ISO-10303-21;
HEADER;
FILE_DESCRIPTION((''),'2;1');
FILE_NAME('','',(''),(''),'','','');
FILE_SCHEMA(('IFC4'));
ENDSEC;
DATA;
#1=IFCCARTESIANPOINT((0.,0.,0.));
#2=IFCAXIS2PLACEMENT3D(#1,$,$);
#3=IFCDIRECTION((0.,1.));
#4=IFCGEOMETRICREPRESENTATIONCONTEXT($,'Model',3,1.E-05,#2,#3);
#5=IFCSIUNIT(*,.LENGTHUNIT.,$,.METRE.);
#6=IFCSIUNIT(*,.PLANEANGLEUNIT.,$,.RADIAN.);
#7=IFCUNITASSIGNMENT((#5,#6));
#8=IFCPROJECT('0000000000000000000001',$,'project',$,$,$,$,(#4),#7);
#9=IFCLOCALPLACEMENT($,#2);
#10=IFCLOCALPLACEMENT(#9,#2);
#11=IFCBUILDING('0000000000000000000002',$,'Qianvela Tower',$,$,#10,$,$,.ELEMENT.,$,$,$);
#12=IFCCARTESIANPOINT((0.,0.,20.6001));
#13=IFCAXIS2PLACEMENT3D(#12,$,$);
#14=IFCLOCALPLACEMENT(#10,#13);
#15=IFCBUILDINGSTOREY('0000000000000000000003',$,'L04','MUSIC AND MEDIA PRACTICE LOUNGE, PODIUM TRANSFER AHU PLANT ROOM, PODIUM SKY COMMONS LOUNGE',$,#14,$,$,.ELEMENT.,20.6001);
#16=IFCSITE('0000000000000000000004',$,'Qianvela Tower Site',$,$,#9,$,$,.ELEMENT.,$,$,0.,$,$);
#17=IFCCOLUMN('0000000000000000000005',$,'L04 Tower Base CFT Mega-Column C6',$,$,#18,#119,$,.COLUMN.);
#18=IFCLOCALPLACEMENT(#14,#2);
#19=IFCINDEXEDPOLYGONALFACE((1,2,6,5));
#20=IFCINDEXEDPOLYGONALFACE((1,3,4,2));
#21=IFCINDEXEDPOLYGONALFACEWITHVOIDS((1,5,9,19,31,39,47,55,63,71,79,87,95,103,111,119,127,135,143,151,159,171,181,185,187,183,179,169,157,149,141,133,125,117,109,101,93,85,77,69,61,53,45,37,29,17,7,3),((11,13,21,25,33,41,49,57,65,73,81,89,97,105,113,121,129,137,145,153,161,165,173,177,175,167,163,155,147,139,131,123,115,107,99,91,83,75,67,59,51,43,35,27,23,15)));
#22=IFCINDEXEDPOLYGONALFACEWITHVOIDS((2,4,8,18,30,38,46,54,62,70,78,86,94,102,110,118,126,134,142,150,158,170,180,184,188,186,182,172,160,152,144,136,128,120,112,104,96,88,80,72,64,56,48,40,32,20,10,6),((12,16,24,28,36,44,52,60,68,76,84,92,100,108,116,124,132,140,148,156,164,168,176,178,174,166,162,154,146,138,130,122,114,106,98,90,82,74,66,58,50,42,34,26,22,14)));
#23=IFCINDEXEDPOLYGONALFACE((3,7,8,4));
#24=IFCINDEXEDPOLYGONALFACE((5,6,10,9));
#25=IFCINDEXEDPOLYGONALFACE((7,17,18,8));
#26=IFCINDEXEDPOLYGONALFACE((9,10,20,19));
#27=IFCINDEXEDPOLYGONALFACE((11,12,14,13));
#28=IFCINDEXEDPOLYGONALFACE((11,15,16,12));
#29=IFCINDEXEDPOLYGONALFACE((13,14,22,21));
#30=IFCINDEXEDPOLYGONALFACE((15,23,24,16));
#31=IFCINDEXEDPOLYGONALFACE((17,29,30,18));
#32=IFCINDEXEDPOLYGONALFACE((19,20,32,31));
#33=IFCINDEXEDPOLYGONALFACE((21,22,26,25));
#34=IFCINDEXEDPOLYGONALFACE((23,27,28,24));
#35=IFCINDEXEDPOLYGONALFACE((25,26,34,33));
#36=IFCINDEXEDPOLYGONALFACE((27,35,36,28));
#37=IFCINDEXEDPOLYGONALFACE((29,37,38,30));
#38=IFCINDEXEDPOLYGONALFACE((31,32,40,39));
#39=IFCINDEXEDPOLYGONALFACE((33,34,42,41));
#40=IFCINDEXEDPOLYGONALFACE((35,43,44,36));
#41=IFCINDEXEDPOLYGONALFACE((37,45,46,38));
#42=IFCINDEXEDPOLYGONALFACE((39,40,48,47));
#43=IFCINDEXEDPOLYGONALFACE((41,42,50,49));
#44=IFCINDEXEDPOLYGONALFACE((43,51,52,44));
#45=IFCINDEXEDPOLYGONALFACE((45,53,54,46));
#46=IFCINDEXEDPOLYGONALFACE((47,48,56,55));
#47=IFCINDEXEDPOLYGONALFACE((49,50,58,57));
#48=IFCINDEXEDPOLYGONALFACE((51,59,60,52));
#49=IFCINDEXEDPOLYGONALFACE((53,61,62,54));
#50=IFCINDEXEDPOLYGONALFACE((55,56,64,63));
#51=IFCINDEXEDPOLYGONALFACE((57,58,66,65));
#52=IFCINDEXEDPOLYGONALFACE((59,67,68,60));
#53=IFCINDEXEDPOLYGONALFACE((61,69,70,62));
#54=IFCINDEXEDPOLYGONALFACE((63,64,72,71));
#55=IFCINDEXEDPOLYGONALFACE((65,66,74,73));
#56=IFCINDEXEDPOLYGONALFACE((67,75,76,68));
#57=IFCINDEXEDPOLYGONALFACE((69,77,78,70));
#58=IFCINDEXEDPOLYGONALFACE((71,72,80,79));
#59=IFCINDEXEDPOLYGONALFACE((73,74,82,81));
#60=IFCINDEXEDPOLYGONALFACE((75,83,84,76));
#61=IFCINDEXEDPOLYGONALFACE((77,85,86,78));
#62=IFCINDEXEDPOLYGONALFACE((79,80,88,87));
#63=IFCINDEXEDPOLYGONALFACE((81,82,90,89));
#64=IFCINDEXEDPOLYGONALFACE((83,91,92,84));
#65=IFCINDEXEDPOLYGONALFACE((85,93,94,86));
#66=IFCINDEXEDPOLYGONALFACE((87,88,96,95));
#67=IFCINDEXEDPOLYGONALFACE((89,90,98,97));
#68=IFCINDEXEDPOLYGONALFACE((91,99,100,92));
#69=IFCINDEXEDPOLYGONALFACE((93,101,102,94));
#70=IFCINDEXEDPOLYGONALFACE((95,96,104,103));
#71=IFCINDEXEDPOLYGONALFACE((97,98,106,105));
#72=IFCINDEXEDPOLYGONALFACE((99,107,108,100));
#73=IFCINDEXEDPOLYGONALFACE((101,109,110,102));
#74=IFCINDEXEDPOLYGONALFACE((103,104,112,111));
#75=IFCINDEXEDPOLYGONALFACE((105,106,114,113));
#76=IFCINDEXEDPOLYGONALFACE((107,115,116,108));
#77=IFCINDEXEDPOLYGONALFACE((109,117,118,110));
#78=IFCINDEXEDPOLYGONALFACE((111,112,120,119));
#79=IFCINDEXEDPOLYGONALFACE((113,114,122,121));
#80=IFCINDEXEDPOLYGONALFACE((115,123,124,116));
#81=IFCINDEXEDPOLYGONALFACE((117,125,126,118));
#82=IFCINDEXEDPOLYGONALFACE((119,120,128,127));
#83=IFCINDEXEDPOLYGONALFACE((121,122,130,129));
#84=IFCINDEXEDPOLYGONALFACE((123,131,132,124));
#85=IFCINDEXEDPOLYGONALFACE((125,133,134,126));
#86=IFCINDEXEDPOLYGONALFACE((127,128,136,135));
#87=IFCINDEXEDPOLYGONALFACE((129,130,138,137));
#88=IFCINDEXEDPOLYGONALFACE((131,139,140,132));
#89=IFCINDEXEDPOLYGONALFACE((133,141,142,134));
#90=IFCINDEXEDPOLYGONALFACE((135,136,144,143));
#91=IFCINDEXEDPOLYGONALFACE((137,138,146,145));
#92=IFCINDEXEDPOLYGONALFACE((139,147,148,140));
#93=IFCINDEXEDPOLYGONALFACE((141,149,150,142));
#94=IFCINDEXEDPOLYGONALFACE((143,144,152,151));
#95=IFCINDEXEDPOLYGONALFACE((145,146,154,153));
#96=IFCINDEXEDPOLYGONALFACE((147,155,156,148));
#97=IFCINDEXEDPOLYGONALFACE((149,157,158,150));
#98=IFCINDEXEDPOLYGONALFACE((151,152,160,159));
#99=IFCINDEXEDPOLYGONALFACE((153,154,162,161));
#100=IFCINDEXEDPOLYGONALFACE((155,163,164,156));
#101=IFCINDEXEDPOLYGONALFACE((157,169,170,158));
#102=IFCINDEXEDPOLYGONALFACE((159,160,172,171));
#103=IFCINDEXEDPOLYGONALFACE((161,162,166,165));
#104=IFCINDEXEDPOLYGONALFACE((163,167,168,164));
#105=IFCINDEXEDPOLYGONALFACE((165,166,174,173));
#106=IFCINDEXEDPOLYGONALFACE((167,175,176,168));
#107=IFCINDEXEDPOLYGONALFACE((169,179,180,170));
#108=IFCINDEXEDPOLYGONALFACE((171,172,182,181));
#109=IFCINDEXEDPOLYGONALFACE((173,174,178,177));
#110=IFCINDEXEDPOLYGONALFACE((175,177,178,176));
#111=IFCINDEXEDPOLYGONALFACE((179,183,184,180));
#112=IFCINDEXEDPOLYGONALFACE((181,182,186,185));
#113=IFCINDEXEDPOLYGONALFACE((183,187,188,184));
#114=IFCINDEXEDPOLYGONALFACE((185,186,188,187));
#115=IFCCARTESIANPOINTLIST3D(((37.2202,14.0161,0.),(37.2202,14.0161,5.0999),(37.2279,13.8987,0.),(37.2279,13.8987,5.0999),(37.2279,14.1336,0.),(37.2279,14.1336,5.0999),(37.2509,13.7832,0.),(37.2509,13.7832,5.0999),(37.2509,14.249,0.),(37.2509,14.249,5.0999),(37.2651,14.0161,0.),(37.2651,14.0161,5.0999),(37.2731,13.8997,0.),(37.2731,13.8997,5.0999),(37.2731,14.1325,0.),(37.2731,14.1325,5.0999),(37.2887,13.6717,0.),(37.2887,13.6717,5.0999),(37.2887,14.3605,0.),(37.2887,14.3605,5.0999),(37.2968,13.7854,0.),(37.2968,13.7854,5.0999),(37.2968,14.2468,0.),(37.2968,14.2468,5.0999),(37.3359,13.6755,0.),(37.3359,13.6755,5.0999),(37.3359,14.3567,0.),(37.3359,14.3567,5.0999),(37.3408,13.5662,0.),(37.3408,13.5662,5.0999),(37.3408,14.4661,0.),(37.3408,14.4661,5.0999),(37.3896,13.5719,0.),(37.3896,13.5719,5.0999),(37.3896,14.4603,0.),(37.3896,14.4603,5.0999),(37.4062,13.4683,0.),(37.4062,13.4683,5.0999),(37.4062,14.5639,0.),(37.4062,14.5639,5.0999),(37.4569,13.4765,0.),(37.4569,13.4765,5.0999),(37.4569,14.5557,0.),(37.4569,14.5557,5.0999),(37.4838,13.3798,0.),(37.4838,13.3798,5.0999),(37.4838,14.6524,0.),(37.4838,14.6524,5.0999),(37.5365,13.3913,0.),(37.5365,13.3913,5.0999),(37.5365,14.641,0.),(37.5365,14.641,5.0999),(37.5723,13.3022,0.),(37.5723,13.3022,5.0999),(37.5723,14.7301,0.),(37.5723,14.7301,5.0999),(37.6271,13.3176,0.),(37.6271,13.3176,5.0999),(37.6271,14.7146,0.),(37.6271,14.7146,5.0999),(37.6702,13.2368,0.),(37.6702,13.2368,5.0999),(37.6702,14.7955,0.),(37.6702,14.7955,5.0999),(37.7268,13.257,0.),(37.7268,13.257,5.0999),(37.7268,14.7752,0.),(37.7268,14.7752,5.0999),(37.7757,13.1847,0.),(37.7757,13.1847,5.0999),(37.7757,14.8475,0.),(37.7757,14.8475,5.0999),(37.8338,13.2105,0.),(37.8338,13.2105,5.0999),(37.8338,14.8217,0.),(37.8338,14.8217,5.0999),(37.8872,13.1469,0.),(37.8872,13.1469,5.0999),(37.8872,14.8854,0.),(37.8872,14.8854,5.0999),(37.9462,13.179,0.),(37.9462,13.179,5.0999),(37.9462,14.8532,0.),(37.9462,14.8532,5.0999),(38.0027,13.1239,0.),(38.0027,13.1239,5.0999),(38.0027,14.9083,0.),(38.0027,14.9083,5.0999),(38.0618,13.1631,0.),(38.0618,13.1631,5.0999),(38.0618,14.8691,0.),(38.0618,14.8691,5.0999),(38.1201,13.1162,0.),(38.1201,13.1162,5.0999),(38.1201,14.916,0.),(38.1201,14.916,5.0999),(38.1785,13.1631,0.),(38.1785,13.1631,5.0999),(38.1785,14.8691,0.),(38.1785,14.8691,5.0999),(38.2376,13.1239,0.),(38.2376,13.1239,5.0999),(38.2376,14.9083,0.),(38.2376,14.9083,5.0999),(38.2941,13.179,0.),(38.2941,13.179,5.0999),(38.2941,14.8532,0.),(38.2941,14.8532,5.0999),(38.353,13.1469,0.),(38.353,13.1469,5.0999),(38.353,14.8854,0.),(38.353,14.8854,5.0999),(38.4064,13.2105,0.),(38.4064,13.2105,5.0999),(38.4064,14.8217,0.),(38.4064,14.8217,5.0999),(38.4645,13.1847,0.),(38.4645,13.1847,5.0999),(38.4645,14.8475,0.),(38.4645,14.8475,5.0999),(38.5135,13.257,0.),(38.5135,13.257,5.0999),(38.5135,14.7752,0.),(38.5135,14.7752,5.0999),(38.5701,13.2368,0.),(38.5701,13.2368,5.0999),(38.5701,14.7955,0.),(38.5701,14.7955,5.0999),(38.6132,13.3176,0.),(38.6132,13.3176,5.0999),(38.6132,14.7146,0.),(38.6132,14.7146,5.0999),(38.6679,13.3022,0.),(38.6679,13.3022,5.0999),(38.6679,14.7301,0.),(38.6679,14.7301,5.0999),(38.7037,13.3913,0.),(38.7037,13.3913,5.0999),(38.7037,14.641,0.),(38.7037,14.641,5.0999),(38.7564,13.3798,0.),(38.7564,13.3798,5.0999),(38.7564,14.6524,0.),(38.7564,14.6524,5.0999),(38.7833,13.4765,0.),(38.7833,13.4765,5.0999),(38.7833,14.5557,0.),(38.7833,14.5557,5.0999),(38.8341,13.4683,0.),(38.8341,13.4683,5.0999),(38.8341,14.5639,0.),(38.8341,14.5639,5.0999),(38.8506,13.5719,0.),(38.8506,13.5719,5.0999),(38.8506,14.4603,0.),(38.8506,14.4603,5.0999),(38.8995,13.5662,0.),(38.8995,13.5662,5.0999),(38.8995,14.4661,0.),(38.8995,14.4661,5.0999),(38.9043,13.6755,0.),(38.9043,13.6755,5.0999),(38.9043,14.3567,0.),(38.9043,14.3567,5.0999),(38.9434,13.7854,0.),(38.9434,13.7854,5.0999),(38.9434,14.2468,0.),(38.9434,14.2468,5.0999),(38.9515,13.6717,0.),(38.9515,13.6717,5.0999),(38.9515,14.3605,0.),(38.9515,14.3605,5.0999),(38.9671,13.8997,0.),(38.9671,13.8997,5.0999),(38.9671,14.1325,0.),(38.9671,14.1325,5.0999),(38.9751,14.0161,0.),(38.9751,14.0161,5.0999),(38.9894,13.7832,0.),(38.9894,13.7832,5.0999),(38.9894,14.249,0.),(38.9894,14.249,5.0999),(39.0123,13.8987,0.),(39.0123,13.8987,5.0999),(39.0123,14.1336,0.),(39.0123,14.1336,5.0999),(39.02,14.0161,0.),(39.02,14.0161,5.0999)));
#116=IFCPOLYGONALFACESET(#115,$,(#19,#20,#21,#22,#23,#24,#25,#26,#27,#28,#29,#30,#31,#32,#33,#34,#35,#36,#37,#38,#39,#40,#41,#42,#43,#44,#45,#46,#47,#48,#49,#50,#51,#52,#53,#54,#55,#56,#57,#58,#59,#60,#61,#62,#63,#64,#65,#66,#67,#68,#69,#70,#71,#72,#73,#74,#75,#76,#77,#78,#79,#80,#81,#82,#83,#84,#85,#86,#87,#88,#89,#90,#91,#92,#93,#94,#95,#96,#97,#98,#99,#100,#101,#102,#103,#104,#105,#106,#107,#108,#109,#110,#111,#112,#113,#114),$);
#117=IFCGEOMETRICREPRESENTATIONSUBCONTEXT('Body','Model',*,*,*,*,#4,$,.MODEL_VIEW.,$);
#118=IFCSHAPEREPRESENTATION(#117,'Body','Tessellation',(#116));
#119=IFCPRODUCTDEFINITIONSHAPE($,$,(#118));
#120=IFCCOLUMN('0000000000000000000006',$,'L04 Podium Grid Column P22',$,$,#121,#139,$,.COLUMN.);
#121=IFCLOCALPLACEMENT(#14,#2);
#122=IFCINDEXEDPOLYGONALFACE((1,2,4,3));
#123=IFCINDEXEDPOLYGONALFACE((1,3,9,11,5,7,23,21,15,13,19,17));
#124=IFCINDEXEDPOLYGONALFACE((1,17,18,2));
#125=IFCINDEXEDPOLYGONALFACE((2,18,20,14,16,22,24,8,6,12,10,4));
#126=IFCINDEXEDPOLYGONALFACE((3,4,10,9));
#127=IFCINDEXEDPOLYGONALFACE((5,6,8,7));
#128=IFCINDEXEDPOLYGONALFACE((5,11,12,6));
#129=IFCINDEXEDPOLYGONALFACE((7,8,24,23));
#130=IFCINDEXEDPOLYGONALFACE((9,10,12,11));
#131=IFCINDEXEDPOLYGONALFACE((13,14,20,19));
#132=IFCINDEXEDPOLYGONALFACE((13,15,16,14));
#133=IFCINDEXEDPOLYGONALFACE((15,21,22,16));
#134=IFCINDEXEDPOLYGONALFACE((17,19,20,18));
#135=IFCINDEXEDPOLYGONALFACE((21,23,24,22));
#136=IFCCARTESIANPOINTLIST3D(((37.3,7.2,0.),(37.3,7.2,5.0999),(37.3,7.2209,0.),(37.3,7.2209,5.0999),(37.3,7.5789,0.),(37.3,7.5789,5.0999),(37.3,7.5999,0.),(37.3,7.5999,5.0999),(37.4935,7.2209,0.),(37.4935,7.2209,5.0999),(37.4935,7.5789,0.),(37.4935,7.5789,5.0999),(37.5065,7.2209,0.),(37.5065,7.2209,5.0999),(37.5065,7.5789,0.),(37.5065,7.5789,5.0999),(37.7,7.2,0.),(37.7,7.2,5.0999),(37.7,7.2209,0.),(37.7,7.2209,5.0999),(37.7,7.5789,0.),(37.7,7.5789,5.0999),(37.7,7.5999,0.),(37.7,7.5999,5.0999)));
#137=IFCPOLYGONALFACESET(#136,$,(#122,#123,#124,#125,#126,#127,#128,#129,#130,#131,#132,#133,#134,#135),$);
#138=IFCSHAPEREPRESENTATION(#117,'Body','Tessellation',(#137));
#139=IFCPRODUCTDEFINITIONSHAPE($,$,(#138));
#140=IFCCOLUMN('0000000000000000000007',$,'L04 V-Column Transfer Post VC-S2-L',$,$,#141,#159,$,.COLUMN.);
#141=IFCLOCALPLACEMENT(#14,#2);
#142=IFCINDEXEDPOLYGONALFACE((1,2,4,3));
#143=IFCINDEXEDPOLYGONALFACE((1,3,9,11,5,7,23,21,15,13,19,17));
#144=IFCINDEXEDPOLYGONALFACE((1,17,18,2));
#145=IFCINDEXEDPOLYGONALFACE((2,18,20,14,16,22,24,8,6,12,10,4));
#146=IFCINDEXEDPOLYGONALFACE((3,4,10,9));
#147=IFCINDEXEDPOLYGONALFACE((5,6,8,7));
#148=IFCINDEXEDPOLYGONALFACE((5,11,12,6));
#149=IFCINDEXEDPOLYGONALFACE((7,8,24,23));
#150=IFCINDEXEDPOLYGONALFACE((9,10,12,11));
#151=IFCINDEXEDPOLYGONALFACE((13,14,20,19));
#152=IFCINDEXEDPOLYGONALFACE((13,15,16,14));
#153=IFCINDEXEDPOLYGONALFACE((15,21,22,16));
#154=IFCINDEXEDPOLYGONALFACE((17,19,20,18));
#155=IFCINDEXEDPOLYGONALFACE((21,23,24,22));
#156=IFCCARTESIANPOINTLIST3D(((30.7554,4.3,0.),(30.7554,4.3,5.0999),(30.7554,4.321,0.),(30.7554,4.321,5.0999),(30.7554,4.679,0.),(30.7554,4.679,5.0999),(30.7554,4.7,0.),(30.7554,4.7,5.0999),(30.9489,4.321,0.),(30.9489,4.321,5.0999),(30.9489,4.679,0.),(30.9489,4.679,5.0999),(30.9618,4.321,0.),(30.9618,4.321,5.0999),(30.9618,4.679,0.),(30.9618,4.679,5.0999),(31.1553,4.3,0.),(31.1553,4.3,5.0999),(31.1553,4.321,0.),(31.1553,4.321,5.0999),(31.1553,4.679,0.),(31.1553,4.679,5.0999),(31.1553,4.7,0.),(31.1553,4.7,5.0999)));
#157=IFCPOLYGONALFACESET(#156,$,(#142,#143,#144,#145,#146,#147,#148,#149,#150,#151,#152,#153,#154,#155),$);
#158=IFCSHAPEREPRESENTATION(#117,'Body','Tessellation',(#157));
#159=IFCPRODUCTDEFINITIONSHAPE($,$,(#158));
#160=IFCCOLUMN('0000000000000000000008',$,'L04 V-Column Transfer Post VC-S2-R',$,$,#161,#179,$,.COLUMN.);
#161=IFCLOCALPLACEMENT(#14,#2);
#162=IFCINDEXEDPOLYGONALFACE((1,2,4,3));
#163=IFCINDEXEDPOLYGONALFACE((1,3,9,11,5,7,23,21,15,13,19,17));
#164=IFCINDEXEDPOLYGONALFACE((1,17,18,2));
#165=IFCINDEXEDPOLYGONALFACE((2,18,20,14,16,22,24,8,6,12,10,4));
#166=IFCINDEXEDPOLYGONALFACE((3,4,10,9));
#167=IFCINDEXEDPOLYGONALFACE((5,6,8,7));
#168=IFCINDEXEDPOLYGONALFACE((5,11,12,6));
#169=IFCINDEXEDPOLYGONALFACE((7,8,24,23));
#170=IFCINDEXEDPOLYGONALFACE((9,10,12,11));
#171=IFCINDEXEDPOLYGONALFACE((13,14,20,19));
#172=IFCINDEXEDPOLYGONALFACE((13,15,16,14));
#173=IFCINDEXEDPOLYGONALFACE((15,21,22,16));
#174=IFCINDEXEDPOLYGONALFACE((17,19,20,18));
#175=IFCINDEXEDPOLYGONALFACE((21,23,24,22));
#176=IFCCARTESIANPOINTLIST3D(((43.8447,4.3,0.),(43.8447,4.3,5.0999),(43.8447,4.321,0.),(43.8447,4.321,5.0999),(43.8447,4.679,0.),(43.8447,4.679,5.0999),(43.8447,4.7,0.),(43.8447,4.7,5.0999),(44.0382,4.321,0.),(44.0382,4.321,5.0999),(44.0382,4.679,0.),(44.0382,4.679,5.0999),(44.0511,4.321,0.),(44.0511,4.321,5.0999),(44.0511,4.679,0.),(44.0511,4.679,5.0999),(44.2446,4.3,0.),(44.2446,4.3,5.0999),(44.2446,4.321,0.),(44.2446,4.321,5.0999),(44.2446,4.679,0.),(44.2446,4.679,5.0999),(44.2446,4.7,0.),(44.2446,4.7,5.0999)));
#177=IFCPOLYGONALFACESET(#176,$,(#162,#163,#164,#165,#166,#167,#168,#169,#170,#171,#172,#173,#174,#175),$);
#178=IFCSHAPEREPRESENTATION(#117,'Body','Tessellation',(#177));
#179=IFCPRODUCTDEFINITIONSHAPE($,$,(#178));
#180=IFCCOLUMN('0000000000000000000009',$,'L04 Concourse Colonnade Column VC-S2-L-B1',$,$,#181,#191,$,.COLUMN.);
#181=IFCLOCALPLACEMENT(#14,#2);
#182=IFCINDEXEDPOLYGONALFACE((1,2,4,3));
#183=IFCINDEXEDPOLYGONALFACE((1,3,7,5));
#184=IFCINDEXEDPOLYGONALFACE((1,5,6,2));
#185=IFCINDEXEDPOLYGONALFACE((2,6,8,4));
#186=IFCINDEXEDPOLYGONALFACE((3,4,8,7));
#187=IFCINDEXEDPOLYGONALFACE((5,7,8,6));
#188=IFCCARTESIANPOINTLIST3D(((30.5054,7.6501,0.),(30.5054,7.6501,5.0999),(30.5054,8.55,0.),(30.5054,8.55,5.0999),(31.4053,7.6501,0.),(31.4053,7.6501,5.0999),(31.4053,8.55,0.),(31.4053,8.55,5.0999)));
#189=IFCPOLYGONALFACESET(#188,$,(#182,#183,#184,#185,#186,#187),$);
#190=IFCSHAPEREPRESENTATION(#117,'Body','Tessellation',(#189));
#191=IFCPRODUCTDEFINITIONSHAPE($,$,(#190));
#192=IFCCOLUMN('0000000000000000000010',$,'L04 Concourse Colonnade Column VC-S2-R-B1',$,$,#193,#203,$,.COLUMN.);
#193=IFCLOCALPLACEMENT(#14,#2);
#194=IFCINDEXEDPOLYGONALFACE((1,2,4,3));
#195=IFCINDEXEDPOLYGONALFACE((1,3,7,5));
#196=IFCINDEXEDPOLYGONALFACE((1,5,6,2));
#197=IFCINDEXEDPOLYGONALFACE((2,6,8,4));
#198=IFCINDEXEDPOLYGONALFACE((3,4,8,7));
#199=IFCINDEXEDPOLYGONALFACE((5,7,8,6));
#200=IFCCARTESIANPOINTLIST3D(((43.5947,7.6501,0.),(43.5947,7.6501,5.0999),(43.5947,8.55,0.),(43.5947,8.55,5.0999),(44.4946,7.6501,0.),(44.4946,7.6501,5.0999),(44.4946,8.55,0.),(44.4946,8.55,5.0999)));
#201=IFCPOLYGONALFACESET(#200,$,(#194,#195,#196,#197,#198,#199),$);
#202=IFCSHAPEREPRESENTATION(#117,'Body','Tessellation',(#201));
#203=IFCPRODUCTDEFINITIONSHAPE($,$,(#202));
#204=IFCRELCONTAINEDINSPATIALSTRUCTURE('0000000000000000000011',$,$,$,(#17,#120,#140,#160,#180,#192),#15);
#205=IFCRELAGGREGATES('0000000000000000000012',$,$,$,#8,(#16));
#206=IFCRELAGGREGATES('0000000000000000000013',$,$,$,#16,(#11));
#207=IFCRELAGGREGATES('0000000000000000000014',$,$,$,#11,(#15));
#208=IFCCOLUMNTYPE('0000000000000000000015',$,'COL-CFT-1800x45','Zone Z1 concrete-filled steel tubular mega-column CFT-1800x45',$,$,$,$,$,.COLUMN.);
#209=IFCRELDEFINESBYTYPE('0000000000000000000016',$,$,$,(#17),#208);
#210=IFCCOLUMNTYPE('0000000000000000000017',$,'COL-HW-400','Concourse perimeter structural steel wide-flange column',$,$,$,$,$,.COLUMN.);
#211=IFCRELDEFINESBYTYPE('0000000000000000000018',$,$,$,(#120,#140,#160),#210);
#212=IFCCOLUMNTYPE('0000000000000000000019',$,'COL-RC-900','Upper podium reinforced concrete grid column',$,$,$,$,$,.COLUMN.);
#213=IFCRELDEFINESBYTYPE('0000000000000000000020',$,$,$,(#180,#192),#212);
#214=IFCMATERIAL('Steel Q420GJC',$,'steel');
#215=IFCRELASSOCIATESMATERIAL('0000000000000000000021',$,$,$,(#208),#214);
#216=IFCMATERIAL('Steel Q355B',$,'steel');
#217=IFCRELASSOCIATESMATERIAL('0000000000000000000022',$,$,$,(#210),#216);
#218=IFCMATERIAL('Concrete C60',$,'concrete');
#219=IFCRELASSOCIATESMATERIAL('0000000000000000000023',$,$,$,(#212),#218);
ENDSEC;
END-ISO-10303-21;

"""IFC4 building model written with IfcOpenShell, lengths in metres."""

from ifc_helpers import new_model, si_unit, direction, frame, origin, origin_2d, place, context, subcontext, project, spatial, rectangle, hollow_circle, i_section, extrude, material, material_profile, profile_set, type_object, element, save


model = new_model("IFC4")

# Units and contexts
model_context = context("Model", 3, precision=1e-05, world=origin(), true_north=direction((0.0, 1.0)))
body_context = subcontext(model_context, "Body", "Model", "MODEL_VIEW")
ifc_project = project(units=[si_unit("LENGTHUNIT", "METRE"), si_unit("PLANEANGLEUNIT", "RADIAN")], contexts=[model_context])

# Site, building, storey
site_placement = place(None, origin())
site = spatial("IfcSite", under=ifc_project, at=site_placement, Name="Qianvela Tower Site", CompositionType="ELEMENT", RefElevation=0.0)
building_placement = place(site_placement, origin())
building = spatial("IfcBuilding", under=site, at=building_placement, Name="Qianvela Tower", CompositionType="ELEMENT")
storey_placement = place(building_placement, frame((0.0, 0.0, 20.6001)))
storey = spatial("IfcBuildingStorey", under=building, at=storey_placement, Name="L04", Description="MUSIC AND MEDIA PRACTICE LOUNGE, PODIUM TRANSFER AHU PLANT ROOM, PODIUM SKY COMMONS LOUNGE", CompositionType="ELEMENT", Elevation=20.6001)

# Columns
ifc_material_1 = material(Name="Steel Q420GJC", Category="steel")
ifc_material_profile_1 = material_profile(ifc_material_1, hollow_circle(Radius=0.8999, WallThickness=0.0449, at=origin_2d()), Name="CFT-1800x45")
ifc_profile_set_1 = profile_set([ifc_material_profile_1], Name="Steel Q420GJC")
column_type_1 = type_object("IfcColumnType", Name="COL-CFT-1800x45", Description="Zone Z1 concrete-filled steel tubular mega-column CFT-1800x45", PredefinedType="COLUMN", material=ifc_profile_set_1)
column_placement = place(storey_placement, frame((38.1201, 14.0161, 0.0), z_axis=(0.0, 0.0, 1.0), x_axis=(1.0, 0.0, 0.0)))
element("IfcColumn", 1, at=column_placement, inside=storey, type_object=column_type_1, Name="L04 Tower Base CFT Mega-Column C6", PredefinedType="COLUMN", context=body_context, shape_type="SweptSolid", body=[
    extrude(hollow_circle(Radius=0.8999, WallThickness=0.0449, at=origin_2d()), origin(), (0.0, 0.0, 1.0), 5.0999),
])
ifc_material_2 = material(Name="Steel Q355B", Category="steel")
ifc_material_profile_2 = material_profile(ifc_material_2, i_section(OverallWidth=0.3999, OverallDepth=0.3999, WebThickness=0.0129, FlangeThickness=0.021, at=origin_2d()), Name="HW400x400x13x21")
ifc_profile_set_2 = profile_set([ifc_material_profile_2], Name="Steel Q355B")
column_type_2 = type_object("IfcColumnType", Name="COL-HW-400", Description="Concourse perimeter structural steel wide-flange column", PredefinedType="COLUMN", material=ifc_profile_set_2)
for number, where, z_axis, x_axis, name in (
    (2, (37.5, 7.3999, 0.0), (0.0, 0.0, 1.0), (1.0, 0.0, 0.0), "L04 Podium Grid Column P22"),
    (3, (30.9553, 4.5, 0.0), (0.0, 0.0, 1.0), (1.0, 0.0, 0.0), "L04 V-Column Transfer Post VC-S2-L"),
    (4, (44.0447, 4.5, 0.0), (0.0, 0.0, 1.0), (1.0, 0.0, 0.0), "L04 V-Column Transfer Post VC-S2-R"),
):
    element("IfcColumn", number, at=place(storey_placement, frame(where, z_axis=z_axis, x_axis=x_axis)), inside=storey, type_object=column_type_2, Name=name, PredefinedType="COLUMN", context=body_context, shape_type="SweptSolid", body=[
        extrude(i_section(OverallWidth=0.3999, OverallDepth=0.3999, WebThickness=0.0129, FlangeThickness=0.021, at=origin_2d()), origin(), (0.0, 0.0, 1.0), 5.0999),
    ])
ifc_material_3 = material(Name="Concrete C60", Category="concrete")
ifc_material_profile_3 = material_profile(ifc_material_3, rectangle(XDim=0.8999, YDim=0.8999, at=origin_2d()), Name="RC-COL-900x900")
ifc_profile_set_3 = profile_set([ifc_material_profile_3], Name="Concrete C60")
column_type_3 = type_object("IfcColumnType", Name="COL-RC-900", Description="Upper podium reinforced concrete grid column", PredefinedType="COLUMN", material=ifc_profile_set_3)
for number, where, z_axis, x_axis, name in (
    (5, (30.9553, 8.1001, 0.0), (0.0, 0.0, 1.0), (1.0, 0.0, 0.0), "L04 Concourse Colonnade Column VC-S2-L-B1"),
    (6, (44.0447, 8.1001, 0.0), (0.0, 0.0, 1.0), (1.0, 0.0, 0.0), "L04 Concourse Colonnade Column VC-S2-R-B1"),
):
    element("IfcColumn", number, at=place(storey_placement, frame(where, z_axis=z_axis, x_axis=x_axis)), inside=storey, type_object=column_type_3, Name=name, PredefinedType="COLUMN", context=body_context, shape_type="SweptSolid", body=[
        extrude(rectangle(XDim=0.8999, YDim=0.8999, at=origin_2d()), origin(), (0.0, 0.0, 1.0), 5.0999),
    ])

save(model, "model.ifc")
